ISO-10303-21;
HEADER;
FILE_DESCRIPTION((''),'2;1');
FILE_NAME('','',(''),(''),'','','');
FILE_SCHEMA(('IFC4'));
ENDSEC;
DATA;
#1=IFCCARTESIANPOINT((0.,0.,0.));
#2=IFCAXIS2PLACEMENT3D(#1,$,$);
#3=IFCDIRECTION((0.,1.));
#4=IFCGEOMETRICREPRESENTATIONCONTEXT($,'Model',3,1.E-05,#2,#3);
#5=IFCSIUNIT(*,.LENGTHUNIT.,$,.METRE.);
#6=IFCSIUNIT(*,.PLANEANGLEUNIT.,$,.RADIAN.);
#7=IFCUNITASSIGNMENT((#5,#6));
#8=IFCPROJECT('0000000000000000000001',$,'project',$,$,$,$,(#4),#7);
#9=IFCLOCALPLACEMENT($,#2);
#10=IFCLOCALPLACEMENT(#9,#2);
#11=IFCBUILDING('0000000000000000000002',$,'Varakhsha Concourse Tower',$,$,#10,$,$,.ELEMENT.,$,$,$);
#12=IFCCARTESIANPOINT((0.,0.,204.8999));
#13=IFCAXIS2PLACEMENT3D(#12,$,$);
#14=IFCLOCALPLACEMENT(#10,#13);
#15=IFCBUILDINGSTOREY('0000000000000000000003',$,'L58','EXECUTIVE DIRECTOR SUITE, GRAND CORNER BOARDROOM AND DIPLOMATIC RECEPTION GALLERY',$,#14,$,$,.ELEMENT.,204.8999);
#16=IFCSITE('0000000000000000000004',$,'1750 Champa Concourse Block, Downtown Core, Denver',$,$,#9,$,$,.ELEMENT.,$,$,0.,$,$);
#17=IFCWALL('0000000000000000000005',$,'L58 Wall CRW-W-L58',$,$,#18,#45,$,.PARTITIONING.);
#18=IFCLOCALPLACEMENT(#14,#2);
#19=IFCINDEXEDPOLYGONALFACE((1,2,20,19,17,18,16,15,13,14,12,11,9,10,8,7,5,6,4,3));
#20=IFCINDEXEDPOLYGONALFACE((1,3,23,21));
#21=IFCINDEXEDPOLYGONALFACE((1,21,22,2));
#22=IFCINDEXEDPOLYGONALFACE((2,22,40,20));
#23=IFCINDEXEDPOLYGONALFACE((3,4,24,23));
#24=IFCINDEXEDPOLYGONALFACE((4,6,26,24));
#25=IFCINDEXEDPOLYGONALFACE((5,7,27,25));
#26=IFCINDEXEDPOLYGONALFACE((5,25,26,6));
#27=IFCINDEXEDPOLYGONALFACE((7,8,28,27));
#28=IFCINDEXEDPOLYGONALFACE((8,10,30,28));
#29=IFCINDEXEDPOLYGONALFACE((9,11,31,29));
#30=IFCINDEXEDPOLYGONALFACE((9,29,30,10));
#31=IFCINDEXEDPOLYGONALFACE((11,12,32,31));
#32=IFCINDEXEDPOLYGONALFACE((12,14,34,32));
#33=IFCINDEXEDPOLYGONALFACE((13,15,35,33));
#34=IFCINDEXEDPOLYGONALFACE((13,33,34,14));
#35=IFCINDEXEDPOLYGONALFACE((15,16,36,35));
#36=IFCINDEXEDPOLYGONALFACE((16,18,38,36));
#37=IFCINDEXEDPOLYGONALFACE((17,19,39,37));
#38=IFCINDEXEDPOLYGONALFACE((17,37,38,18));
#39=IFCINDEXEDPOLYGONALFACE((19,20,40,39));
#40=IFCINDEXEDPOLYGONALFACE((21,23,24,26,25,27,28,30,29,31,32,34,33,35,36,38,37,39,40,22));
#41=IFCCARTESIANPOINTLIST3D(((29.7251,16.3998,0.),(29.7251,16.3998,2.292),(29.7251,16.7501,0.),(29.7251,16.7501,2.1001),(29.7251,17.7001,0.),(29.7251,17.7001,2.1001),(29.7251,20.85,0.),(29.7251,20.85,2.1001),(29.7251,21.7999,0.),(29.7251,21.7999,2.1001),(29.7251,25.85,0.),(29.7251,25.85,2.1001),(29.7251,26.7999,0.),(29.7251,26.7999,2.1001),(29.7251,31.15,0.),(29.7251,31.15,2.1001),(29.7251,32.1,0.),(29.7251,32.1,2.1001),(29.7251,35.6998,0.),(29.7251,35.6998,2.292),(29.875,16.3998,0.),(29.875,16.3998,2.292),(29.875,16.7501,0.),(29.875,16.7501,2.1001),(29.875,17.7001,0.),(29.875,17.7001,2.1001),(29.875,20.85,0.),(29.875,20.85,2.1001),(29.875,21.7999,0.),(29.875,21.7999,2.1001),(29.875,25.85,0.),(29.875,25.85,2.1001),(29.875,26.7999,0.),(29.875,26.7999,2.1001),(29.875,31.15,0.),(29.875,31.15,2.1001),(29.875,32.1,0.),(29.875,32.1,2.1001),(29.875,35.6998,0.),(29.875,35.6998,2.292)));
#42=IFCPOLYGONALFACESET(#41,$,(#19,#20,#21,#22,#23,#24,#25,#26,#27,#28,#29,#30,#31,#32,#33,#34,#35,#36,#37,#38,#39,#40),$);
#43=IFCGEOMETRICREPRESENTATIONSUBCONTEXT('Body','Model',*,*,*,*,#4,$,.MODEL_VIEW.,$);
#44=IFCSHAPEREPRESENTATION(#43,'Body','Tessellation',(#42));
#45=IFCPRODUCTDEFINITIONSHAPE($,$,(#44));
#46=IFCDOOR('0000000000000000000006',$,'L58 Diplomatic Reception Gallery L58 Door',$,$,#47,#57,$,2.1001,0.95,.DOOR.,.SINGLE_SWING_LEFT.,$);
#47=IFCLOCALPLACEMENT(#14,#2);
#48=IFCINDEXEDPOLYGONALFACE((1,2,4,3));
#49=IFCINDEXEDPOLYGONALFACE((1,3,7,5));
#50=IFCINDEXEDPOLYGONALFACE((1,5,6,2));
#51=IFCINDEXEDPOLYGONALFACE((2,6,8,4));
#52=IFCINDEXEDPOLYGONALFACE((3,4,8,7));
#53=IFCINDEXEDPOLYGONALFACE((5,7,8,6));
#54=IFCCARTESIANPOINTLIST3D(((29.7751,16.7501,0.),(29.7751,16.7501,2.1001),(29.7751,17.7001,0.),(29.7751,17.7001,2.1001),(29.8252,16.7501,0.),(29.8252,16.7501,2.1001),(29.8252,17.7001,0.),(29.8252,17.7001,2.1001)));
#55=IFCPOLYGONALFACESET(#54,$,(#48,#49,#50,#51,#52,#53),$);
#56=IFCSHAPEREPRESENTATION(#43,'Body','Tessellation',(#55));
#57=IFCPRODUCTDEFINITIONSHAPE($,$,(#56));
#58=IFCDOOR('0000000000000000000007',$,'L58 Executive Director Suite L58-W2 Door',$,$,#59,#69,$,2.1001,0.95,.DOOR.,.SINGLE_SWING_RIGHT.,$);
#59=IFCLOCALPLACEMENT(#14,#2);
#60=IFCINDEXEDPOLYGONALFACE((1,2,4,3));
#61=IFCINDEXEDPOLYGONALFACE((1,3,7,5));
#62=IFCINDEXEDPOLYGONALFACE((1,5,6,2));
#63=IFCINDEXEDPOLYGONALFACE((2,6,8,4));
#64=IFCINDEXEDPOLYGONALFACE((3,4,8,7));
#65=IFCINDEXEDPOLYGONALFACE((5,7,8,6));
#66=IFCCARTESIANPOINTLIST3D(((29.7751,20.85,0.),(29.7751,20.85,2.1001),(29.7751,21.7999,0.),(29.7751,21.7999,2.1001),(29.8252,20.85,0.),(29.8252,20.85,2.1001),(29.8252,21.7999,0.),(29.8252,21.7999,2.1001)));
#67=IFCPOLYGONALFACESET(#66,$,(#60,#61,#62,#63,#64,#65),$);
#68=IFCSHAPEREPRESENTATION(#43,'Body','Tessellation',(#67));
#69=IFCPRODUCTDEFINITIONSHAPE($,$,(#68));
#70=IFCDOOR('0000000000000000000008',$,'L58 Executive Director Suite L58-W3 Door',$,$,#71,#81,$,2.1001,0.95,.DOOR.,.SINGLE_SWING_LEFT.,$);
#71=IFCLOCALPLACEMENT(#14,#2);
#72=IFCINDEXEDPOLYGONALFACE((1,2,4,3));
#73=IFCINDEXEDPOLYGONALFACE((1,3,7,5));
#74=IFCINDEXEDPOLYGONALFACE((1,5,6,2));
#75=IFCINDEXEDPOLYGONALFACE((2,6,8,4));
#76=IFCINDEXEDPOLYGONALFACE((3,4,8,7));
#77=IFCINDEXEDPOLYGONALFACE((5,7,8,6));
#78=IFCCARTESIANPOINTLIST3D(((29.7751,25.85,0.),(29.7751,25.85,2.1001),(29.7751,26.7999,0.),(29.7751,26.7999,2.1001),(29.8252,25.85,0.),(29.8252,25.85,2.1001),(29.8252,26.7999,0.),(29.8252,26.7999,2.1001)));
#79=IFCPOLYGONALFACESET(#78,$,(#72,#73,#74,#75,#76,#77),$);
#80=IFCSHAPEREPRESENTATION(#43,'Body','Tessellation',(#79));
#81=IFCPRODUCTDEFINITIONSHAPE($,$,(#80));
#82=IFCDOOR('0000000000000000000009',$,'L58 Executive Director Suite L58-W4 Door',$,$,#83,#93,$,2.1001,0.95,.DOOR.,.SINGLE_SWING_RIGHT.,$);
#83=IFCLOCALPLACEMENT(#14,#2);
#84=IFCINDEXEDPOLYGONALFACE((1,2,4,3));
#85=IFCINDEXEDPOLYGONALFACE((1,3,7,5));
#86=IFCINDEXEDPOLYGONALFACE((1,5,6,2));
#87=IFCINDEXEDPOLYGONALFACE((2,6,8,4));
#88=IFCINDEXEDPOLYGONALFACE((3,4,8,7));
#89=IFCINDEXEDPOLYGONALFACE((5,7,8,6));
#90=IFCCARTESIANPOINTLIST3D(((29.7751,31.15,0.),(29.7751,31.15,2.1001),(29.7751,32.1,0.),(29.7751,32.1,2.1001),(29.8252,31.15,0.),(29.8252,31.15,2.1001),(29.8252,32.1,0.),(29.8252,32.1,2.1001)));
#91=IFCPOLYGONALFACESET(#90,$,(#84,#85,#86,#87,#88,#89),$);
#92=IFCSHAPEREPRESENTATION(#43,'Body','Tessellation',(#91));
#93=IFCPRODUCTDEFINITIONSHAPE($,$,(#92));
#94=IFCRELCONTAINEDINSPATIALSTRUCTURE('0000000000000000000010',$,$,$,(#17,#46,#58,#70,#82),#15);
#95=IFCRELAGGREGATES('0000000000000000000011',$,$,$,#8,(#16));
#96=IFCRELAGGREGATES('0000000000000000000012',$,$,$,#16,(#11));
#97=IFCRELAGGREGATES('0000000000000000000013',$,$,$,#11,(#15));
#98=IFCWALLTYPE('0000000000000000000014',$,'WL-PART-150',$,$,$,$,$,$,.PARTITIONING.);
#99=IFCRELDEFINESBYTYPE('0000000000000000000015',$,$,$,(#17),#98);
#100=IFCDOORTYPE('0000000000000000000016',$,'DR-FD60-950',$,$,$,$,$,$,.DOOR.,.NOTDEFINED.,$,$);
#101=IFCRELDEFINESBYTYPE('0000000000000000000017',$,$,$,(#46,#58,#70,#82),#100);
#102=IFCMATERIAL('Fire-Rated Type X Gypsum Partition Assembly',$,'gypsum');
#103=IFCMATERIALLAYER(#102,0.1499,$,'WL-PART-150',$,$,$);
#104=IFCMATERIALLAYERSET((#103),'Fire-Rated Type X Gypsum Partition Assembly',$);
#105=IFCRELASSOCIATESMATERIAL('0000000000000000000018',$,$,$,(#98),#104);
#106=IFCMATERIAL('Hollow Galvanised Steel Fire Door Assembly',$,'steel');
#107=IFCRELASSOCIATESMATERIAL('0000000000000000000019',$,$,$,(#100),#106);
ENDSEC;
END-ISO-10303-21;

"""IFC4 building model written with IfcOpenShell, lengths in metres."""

from ifc_helpers import new_model, si_unit, direction, frame, frame_2d, origin, place, context, subcontext, project, spatial, rectangle, extrude, material, layer, layer_set, type_object, element, fill, save


model = new_model("IFC4")

# Units and contexts
model_context = context("Model", 3, precision=1e-05, world=origin(), true_north=direction((0.0, 1.0)))
body_context = subcontext(model_context, "Body", "Model", "MODEL_VIEW")
ifc_project = project(units=[si_unit("LENGTHUNIT", "METRE"), si_unit("PLANEANGLEUNIT", "RADIAN")], contexts=[model_context])

# Site, building, storey
site_placement = place(None, origin())
site = spatial("IfcSite", under=ifc_project, at=site_placement, Name="1750 Champa Concourse Block, Downtown Core, Denver", CompositionType="ELEMENT", RefElevation=0.0)
building_placement = place(site_placement, origin())
building = spatial("IfcBuilding", under=site, at=building_placement, Name="Varakhsha Concourse Tower", CompositionType="ELEMENT")
storey_placement = place(building_placement, frame((0.0, 0.0, 204.8999)))
storey = spatial("IfcBuildingStorey", under=building, at=storey_placement, Name="L58", Description="EXECUTIVE DIRECTOR SUITE, GRAND CORNER BOARDROOM AND DIPLOMATIC RECEPTION GALLERY", CompositionType="ELEMENT", Elevation=204.8999)

# Wall, openings, doors
ifc_material_1 = material(Name="Fire-Rated Type X Gypsum Partition Assembly", Category="gypsum")
ifc_layer_1 = layer(ifc_material_1, 0.1499, Name="WL-PART-150")
ifc_layer_set_1 = layer_set([ifc_layer_1], Name="Fire-Rated Type X Gypsum Partition Assembly")
wall_type = type_object("IfcWallType", Name="WL-PART-150", PredefinedType="PARTITIONING", material=ifc_layer_set_1)
wall_1_placement = place(storey_placement, frame((29.8, 16.3999, 0.0), z_axis=(0.0, 0.0, 1.0), x_axis=(0.0, 1.0, 0.0)))
wall_1 = element("IfcWall", 1, at=wall_1_placement, inside=storey, type_object=wall_type, Name="L58 Wall CRW-W-L58", PredefinedType="PARTITIONING", context=body_context, shape_type="SweptSolid", body=[
    extrude(rectangle(XDim=19.3, YDim=0.1499, at=frame_2d((9.6499, 0.0))), origin(), (0.0, 0.0, 1.0), 2.292),
])
opening_1_placement = place(wall_1_placement, frame((0.3501, 0.0, 0.0)))
opening_1 = element("IfcOpeningElement", 2, at=opening_1_placement, cuts=wall_1, PredefinedType="OPENING", context=body_context, shape_type="SweptSolid", body=[
    extrude(rectangle(XDim=0.95, YDim=2.1001, at=frame_2d((0.4751, 1.05))), frame((0.0, 0.085, 0.0), z_axis=(0.0, -1.0, 0.0), x_axis=(1.0, 0.0, 0.0)), (0.0, 0.0, 1.0), 0.1699),
])
opening_2_placement = place(wall_1_placement, frame((4.45, 0.0, 0.0)))
opening_2 = element("IfcOpeningElement", 3, at=opening_2_placement, cuts=wall_1, PredefinedType="OPENING", context=body_context, shape_type="SweptSolid", body=[
    extrude(rectangle(XDim=0.95, YDim=2.1001, at=frame_2d((0.4751, 1.05))), frame((0.0, 0.085, 0.0), z_axis=(0.0, -1.0, 0.0), x_axis=(1.0, 0.0, 0.0)), (0.0, 0.0, 1.0), 0.1699),
])
opening_3_placement = place(wall_1_placement, frame((9.45, 0.0, 0.0)))
opening_3 = element("IfcOpeningElement", 4, at=opening_3_placement, cuts=wall_1, PredefinedType="OPENING", context=body_context, shape_type="SweptSolid", body=[
    extrude(rectangle(XDim=0.95, YDim=2.1001, at=frame_2d((0.4751, 1.05))), frame((0.0, 0.085, 0.0), z_axis=(0.0, -1.0, 0.0), x_axis=(1.0, 0.0, 0.0)), (0.0, 0.0, 1.0), 0.1699),
])
opening_4_placement = place(wall_1_placement, frame((14.75, 0.0, 0.0)))
opening_4 = element("IfcOpeningElement", 5, at=opening_4_placement, cuts=wall_1, PredefinedType="OPENING", context=body_context, shape_type="SweptSolid", body=[
    extrude(rectangle(XDim=0.95, YDim=2.1001, at=frame_2d((0.4751, 1.05))), frame((0.0, 0.085, 0.0), z_axis=(0.0, -1.0, 0.0), x_axis=(1.0, 0.0, 0.0)), (0.0, 0.0, 1.0), 0.1699),
])
ifc_material_2 = material(Name="Hollow Galvanised Steel Fire Door Assembly", Category="steel")
door_type = type_object("IfcDoorType", Name="DR-FD60-950", OperationType="NOTDEFINED", PredefinedType="DOOR", material=ifc_material_2)
door_1_placement = place(opening_1_placement, origin())
door_1 = element("IfcDoor", 6, at=door_1_placement, inside=storey, type_object=door_type, Name="L58 Diplomatic Reception Gallery L58 Door", OperationType="SINGLE_SWING_LEFT", OverallHeight=2.1001, OverallWidth=0.95, PredefinedType="DOOR", context=body_context, shape_type="SweptSolid", body=[
    extrude(rectangle(XDim=0.95, YDim=2.1001, at=frame_2d((0.4751, 1.05))), frame((0.0, 0.0249, 0.0), z_axis=(0.0, -1.0, 0.0), x_axis=(1.0, 0.0, 0.0)), (0.0, 0.0, 1.0), 0.05),
])
fill(opening_1, door_1)
door_2_placement = place(opening_2_placement, origin())
door_2 = element("IfcDoor", 7, at=door_2_placement, inside=storey, type_object=door_type, Name="L58 Executive Director Suite L58-W2 Door", OperationType="SINGLE_SWING_RIGHT", OverallHeight=2.1001, OverallWidth=0.95, PredefinedType="DOOR", context=body_context, shape_type="SweptSolid", body=[
    extrude(rectangle(XDim=0.95, YDim=2.1001, at=frame_2d((0.4751, 1.05))), frame((0.0, 0.0249, 0.0), z_axis=(0.0, -1.0, 0.0), x_axis=(1.0, 0.0, 0.0)), (0.0, 0.0, 1.0), 0.05),
])
fill(opening_2, door_2)
door_3_placement = place(opening_3_placement, origin())
door_3 = element("IfcDoor", 8, at=door_3_placement, inside=storey, type_object=door_type, Name="L58 Executive Director Suite L58-W3 Door", OperationType="SINGLE_SWING_LEFT", OverallHeight=2.1001, OverallWidth=0.95, PredefinedType="DOOR", context=body_context, shape_type="SweptSolid", body=[
    extrude(rectangle(XDim=0.95, YDim=2.1001, at=frame_2d((0.4751, 1.05))), frame((0.0, 0.0249, 0.0), z_axis=(0.0, -1.0, 0.0), x_axis=(1.0, 0.0, 0.0)), (0.0, 0.0, 1.0), 0.05),
])
fill(opening_3, door_3)
door_4_placement = place(opening_4_placement, origin())
door_4 = element("IfcDoor", 9, at=door_4_placement, inside=storey, type_object=door_type, Name="L58 Executive Director Suite L58-W4 Door", OperationType="SINGLE_SWING_RIGHT", OverallHeight=2.1001, OverallWidth=0.95, PredefinedType="DOOR", context=body_context, shape_type="SweptSolid", body=[
    extrude(rectangle(XDim=0.95, YDim=2.1001, at=frame_2d((0.4751, 1.05))), frame((0.0, 0.0249, 0.0), z_axis=(0.0, -1.0, 0.0), x_axis=(1.0, 0.0, 0.0)), (0.0, 0.0, 1.0), 0.05),
])
fill(opening_4, door_4)

save(model, "model.ifc")
